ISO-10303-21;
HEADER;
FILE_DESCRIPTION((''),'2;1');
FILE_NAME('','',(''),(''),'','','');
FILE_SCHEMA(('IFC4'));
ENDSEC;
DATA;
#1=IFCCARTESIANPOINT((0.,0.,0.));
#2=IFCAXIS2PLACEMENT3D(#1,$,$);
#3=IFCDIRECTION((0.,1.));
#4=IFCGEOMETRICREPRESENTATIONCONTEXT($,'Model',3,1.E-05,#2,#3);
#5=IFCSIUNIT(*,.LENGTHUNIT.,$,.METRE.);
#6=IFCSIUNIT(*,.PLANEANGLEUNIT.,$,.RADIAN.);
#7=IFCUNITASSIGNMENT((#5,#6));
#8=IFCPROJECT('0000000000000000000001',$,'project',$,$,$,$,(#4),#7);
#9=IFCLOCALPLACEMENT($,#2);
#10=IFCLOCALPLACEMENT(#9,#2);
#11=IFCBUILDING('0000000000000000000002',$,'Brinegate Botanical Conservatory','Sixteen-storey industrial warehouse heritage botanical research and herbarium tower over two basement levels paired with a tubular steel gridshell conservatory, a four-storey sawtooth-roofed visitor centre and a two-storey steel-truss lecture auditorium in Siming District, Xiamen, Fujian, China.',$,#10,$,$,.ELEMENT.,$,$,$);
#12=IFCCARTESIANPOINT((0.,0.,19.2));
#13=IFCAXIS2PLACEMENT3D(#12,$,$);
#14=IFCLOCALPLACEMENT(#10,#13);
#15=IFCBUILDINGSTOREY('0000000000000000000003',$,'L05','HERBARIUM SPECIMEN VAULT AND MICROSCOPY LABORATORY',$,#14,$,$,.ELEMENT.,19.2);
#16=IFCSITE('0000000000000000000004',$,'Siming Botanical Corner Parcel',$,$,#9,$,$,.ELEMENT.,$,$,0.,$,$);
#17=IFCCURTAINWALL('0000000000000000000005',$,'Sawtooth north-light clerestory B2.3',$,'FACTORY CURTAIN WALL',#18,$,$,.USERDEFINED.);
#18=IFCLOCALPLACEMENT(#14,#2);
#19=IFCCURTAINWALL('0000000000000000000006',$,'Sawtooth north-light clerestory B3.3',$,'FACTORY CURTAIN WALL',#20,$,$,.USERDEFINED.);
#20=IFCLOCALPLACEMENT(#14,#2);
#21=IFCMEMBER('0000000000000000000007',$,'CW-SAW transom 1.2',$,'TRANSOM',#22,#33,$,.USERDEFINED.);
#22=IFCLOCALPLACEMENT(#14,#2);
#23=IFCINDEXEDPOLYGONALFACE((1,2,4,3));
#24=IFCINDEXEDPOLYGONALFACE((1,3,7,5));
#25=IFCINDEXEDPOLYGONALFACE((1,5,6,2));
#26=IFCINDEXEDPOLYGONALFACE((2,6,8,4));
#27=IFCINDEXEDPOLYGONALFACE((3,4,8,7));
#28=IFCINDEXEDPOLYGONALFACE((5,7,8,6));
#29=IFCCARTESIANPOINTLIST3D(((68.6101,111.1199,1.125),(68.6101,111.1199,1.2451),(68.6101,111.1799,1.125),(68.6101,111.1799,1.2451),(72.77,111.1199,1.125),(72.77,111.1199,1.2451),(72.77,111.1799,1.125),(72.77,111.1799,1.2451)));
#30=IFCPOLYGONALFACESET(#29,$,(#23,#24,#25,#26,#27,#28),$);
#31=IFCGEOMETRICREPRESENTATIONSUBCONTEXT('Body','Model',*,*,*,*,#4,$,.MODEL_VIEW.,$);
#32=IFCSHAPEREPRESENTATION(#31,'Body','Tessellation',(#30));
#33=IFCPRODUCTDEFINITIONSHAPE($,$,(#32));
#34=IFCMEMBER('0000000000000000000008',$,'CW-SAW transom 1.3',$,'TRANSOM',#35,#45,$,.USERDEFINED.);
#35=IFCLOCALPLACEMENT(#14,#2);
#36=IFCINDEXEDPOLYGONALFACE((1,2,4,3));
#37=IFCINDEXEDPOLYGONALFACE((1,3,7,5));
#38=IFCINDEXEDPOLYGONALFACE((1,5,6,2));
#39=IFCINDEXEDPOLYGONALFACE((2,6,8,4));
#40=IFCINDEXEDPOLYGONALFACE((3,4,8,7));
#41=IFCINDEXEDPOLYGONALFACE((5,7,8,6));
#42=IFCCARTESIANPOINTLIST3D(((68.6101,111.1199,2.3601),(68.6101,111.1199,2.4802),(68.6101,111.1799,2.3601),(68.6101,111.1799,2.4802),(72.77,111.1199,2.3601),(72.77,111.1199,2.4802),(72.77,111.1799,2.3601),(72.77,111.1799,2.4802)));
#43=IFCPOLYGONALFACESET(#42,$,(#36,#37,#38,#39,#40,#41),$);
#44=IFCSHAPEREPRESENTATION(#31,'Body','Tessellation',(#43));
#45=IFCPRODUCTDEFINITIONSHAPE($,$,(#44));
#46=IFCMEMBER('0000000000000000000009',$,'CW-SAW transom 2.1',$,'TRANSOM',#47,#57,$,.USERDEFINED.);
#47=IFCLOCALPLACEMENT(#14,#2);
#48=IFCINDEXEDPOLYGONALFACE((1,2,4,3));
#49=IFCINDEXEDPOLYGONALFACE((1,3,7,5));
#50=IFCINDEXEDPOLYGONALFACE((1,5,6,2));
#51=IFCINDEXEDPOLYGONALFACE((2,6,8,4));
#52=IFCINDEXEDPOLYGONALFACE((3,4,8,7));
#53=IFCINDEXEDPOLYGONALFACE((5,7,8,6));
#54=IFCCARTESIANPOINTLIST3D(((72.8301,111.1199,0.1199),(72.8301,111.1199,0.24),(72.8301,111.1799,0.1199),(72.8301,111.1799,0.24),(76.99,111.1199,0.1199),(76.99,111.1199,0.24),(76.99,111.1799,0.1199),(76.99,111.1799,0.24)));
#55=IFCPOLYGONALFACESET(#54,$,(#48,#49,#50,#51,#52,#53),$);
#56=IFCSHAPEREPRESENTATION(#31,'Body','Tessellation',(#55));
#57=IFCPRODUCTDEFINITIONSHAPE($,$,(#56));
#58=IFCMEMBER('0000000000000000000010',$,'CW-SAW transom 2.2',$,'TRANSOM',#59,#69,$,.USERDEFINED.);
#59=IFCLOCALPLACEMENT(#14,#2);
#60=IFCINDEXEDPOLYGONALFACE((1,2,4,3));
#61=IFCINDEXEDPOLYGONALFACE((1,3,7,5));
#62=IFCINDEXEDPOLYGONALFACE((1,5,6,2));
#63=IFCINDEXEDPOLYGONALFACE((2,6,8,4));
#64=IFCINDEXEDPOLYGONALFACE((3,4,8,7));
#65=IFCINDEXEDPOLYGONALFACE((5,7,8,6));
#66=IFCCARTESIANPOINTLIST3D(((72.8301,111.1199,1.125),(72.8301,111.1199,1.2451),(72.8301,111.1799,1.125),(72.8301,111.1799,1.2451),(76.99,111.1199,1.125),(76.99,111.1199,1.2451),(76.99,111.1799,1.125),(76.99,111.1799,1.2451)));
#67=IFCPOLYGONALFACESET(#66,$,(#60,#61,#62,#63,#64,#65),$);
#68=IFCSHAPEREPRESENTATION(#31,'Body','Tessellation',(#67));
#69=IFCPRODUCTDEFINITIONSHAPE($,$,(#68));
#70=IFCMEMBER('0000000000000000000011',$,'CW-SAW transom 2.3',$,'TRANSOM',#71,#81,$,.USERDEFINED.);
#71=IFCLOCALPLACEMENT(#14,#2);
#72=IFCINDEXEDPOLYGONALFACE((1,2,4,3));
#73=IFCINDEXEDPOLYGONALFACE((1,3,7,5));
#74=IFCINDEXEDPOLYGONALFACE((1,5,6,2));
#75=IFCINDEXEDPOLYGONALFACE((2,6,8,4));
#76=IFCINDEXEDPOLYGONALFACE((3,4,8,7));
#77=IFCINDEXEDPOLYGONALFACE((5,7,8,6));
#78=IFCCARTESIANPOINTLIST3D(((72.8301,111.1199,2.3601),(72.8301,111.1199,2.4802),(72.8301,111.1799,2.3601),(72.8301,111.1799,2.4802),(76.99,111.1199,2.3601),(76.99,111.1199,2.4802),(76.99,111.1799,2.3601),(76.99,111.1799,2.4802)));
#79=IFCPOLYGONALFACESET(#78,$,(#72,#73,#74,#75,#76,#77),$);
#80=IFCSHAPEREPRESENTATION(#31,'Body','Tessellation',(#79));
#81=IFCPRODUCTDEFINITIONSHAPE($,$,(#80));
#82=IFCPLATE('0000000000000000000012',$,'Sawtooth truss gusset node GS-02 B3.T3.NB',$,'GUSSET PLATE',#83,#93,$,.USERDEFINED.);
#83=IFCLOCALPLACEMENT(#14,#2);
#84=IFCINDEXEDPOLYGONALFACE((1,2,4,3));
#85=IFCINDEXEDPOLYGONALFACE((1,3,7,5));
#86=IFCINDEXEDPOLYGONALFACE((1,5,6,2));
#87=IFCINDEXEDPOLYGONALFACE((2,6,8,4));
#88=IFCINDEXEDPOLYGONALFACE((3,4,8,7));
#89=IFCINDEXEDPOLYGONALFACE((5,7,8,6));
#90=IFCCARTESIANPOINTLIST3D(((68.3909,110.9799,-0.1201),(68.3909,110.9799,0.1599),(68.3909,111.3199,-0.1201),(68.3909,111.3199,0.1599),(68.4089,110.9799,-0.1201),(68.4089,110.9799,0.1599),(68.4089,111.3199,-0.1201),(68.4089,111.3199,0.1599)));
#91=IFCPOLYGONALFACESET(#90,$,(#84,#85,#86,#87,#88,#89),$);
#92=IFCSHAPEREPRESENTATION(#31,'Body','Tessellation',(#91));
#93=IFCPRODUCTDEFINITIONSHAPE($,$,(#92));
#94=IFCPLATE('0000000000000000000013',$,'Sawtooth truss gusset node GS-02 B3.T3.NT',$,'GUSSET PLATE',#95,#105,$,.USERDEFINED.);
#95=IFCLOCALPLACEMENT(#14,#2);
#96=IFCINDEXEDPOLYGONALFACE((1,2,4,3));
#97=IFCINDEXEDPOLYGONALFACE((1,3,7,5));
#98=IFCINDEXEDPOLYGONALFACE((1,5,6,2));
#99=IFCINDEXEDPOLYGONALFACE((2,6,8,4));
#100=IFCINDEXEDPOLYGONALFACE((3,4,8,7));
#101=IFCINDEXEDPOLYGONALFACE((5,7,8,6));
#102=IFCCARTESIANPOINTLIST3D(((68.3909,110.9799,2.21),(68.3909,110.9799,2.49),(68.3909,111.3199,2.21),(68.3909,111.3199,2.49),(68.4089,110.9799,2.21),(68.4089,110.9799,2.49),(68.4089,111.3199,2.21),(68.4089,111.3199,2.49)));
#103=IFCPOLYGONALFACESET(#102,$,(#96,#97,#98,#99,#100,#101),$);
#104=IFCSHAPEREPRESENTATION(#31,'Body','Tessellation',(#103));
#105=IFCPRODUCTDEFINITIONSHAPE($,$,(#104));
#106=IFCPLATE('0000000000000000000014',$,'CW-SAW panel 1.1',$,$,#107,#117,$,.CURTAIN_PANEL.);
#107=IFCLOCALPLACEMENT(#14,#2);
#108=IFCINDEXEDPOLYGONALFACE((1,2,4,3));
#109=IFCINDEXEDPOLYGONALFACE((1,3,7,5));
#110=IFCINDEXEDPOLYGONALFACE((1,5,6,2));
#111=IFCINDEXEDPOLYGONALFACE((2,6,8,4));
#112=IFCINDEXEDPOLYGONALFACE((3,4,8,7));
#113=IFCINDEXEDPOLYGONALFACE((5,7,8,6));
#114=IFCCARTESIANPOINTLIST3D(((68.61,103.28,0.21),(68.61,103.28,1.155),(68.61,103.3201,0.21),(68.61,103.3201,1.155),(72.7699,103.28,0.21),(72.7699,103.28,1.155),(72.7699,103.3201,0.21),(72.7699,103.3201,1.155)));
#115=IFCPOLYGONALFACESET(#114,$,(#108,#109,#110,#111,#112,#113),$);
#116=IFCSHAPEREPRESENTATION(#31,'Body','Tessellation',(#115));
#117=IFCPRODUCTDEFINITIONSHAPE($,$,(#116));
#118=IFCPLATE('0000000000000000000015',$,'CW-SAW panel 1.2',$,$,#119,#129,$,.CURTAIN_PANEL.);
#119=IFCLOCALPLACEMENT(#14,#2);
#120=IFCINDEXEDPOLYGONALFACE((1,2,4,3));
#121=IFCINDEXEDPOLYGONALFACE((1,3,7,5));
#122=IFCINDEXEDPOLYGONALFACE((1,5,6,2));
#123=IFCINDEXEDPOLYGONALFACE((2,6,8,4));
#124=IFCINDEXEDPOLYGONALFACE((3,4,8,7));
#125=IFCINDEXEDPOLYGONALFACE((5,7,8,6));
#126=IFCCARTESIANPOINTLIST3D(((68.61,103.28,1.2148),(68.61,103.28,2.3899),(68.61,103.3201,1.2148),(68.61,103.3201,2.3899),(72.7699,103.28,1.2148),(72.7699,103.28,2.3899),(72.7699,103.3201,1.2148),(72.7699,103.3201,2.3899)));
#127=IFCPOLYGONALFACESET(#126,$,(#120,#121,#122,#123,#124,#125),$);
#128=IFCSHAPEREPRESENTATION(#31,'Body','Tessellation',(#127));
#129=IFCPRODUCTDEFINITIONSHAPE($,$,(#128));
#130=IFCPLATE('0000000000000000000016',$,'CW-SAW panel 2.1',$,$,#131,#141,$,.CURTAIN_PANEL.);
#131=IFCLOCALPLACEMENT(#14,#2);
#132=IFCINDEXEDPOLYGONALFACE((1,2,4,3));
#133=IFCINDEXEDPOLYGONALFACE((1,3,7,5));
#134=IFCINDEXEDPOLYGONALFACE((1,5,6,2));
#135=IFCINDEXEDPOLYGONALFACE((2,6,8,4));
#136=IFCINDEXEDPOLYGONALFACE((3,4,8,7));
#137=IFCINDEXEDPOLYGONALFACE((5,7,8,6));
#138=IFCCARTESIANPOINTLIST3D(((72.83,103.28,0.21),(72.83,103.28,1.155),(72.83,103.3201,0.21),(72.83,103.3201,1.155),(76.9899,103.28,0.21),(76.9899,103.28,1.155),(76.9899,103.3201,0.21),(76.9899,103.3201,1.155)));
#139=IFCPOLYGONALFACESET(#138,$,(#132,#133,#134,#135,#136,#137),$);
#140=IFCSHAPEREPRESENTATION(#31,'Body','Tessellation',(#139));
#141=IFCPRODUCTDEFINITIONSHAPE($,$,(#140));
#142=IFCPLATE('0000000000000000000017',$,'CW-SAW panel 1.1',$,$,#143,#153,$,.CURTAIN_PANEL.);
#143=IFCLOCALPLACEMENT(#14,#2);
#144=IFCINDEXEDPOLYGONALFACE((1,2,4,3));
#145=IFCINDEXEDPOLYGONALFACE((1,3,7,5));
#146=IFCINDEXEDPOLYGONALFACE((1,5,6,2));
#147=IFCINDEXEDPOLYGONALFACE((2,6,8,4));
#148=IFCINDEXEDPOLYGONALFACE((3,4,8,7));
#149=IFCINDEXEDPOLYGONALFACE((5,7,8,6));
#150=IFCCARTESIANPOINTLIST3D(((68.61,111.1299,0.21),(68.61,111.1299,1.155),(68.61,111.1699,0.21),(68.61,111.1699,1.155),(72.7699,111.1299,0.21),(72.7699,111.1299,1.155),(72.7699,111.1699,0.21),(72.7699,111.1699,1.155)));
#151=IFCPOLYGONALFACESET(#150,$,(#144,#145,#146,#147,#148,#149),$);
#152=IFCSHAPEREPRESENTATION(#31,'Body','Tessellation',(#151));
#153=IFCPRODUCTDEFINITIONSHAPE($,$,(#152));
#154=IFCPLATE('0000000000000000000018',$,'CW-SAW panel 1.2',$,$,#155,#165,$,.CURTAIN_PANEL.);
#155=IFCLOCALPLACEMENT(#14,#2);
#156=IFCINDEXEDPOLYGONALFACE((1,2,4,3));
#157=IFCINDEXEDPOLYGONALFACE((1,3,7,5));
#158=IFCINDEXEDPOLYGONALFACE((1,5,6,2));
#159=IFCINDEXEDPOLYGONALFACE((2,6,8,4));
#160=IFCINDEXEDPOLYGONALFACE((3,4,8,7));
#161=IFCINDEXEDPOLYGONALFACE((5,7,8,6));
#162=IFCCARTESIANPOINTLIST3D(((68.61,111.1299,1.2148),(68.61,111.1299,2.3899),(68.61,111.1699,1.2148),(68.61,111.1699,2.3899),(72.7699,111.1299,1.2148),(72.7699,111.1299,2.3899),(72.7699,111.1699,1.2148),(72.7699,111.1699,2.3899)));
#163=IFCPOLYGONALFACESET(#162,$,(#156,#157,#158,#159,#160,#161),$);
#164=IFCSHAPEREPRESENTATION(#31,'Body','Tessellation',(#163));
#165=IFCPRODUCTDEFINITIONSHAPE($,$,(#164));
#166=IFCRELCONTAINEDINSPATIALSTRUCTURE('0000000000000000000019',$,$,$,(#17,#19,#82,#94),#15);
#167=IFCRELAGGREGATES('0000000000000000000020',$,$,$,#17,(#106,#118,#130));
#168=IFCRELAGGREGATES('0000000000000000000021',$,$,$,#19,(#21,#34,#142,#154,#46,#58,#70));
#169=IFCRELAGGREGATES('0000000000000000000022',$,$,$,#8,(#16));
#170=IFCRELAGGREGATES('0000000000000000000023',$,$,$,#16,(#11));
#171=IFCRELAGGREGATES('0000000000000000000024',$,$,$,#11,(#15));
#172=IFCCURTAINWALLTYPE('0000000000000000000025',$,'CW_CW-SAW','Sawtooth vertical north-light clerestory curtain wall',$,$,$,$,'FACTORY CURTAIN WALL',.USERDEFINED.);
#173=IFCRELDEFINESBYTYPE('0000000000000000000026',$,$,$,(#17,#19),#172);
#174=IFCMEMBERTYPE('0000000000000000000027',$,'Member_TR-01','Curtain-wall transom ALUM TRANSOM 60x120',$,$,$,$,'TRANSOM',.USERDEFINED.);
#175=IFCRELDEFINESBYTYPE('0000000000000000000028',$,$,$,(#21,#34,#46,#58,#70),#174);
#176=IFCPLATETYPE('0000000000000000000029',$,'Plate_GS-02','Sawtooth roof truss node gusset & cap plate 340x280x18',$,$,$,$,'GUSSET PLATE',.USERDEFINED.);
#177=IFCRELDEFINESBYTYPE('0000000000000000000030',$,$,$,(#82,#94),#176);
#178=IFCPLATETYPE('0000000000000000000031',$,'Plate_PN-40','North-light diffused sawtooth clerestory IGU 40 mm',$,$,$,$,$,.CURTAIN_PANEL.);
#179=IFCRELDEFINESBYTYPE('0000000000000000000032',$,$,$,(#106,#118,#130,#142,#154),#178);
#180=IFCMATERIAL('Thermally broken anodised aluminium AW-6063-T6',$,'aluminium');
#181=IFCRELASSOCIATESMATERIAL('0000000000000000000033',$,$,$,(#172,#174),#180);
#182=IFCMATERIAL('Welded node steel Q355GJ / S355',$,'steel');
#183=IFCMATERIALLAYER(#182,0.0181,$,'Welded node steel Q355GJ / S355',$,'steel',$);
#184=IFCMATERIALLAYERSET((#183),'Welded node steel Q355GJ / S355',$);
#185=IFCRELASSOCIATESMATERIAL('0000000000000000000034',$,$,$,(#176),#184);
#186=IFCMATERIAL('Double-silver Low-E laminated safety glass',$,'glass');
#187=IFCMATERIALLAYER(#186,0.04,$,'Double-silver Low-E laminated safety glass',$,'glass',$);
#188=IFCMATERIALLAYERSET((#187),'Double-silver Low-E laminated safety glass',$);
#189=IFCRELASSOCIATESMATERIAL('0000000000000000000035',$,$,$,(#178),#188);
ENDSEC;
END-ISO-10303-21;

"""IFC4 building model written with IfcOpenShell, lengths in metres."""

from ifc_helpers import new_model, si_unit, direction, frame, origin, origin_2d, place, context, subcontext, project, spatial, rectangle, extrude, material, layer, layer_set, material_profile, profile_set, type_object, element, aggregate, save


model = new_model("IFC4")

# Units and contexts
model_context = context("Model", 3, precision=1e-05, world=origin(), true_north=direction((0.0, 1.0)))
body_context = subcontext(model_context, "Body", "Model", "MODEL_VIEW")
ifc_project = project(units=[si_unit("LENGTHUNIT", "METRE"), si_unit("PLANEANGLEUNIT", "RADIAN")], contexts=[model_context])

# Site, building, storey
site_placement = place(None, origin())
site = spatial("IfcSite", under=ifc_project, at=site_placement, Name="Siming Botanical Corner Parcel", CompositionType="ELEMENT", RefElevation=0.0)
building_placement = place(site_placement, origin())
building = spatial("IfcBuilding", under=site, at=building_placement, Name="Brinegate Botanical Conservatory", Description="Sixteen-storey industrial warehouse heritage botanical research and herbarium tower over two basement levels paired with a tubular steel gridshell conservatory, a four-storey sawtooth-roofed visitor centre and a two-storey steel-truss lecture auditorium in Siming District, Xiamen, Fujian, China.", CompositionType="ELEMENT")
storey_placement = place(building_placement, frame((0.0, 0.0, 19.2)))
storey = spatial("IfcBuildingStorey", under=building, at=storey_placement, Name="L05", Description="HERBARIUM SPECIMEN VAULT AND MICROSCOPY LABORATORY", CompositionType="ELEMENT", Elevation=19.2)

# Curtain walls
ifc_material_1 = material(Name="Thermally broken anodised aluminium AW-6063-T6", Category="aluminium")
curtain_wall_type = type_object("IfcCurtainWallType", Name="CW_CW-SAW", Description="Sawtooth vertical north-light clerestory curtain wall", ElementType="FACTORY CURTAIN WALL", PredefinedType="USERDEFINED", material=ifc_material_1)
curtain_wall_1_placement = place(storey_placement, origin())
curtain_wall_1 = element("IfcCurtainWall", 1, at=curtain_wall_1_placement, inside=storey, type_object=curtain_wall_type, Name="Sawtooth north-light clerestory B2.3", ObjectType="FACTORY CURTAIN WALL", PredefinedType="USERDEFINED")
curtain_wall_2_placement = place(storey_placement, origin())
curtain_wall_2 = element("IfcCurtainWall", 2, at=curtain_wall_2_placement, inside=storey, type_object=curtain_wall_type, Name="Sawtooth north-light clerestory B3.3", ObjectType="FACTORY CURTAIN WALL", PredefinedType="USERDEFINED")

# Members
ifc_material_profile_1 = material_profile(ifc_material_1, rectangle(XDim=0.0601, YDim=0.1201, at=origin_2d()), Name="ALUM TRANSOM 60x120")
ifc_profile_set_1 = profile_set([ifc_material_profile_1], Name="Thermally broken anodised aluminium AW-6063-T6")
member_type_1 = type_object("IfcMemberType", Name="Member_TR-01", Description="Curtain-wall transom ALUM TRANSOM 60x120", ElementType="TRANSOM", PredefinedType="USERDEFINED", material=ifc_profile_set_1)
member_1_placement = place(storey_placement, frame((68.6101, 111.1499, 1.1851), z_axis=(1.0, 0.0, 0.0), x_axis=(0.0, 1.0, 0.0)))
member_1 = element("IfcMember", 3, at=member_1_placement, type_object=member_type_1, Name="CW-SAW transom 1.2", ObjectType="TRANSOM", PredefinedType="USERDEFINED", context=body_context, shape_type="SweptSolid", body=[
    extrude(rectangle(XDim=0.0601, YDim=0.1201, at=origin_2d()), origin(), (0.0, 0.0, 1.0), 4.1599),
])
member_2_placement = place(storey_placement, frame((68.6101, 111.1499, 2.4202), z_axis=(1.0, 0.0, 0.0), x_axis=(0.0, 1.0, 0.0)))
member_2 = element("IfcMember", 4, at=member_2_placement, type_object=member_type_1, Name="CW-SAW transom 1.3", ObjectType="TRANSOM", PredefinedType="USERDEFINED", context=body_context, shape_type="SweptSolid", body=[
    extrude(rectangle(XDim=0.0601, YDim=0.1201, at=origin_2d()), origin(), (0.0, 0.0, 1.0), 4.1599),
])
member_3_placement = place(storey_placement, frame((72.8301, 111.1499, 0.1799), z_axis=(1.0, 0.0, 0.0), x_axis=(0.0, 1.0, 0.0)))
member_3 = element("IfcMember", 5, at=member_3_placement, type_object=member_type_1, Name="CW-SAW transom 2.1", ObjectType="TRANSOM", PredefinedType="USERDEFINED", context=body_context, shape_type="SweptSolid", body=[
    extrude(rectangle(XDim=0.0601, YDim=0.1201, at=origin_2d()), origin(), (0.0, 0.0, 1.0), 4.1599),
])
member_4_placement = place(storey_placement, frame((72.8301, 111.1499, 1.1851), z_axis=(1.0, 0.0, 0.0), x_axis=(0.0, 1.0, 0.0)))
member_4 = element("IfcMember", 6, at=member_4_placement, type_object=member_type_1, Name="CW-SAW transom 2.2", ObjectType="TRANSOM", PredefinedType="USERDEFINED", context=body_context, shape_type="SweptSolid", body=[
    extrude(rectangle(XDim=0.0601, YDim=0.1201, at=origin_2d()), origin(), (0.0, 0.0, 1.0), 4.1599),
])
member_5_placement = place(storey_placement, frame((72.8301, 111.1499, 2.4202), z_axis=(1.0, 0.0, 0.0), x_axis=(0.0, 1.0, 0.0)))
member_5 = element("IfcMember", 7, at=member_5_placement, type_object=member_type_1, Name="CW-SAW transom 2.3", ObjectType="TRANSOM", PredefinedType="USERDEFINED", context=body_context, shape_type="SweptSolid", body=[
    extrude(rectangle(XDim=0.0601, YDim=0.1201, at=origin_2d()), origin(), (0.0, 0.0, 1.0), 4.1599),
])

# Plates
ifc_material_2 = material(Name="Welded node steel Q355GJ / S355", Category="steel")
ifc_layer_1 = layer(ifc_material_2, 0.0181, Name="Welded node steel Q355GJ / S355", Category="steel")
ifc_layer_set_1 = layer_set([ifc_layer_1], Name="Welded node steel Q355GJ / S355")
plate_type_1 = type_object("IfcPlateType", Name="Plate_GS-02", Description="Sawtooth roof truss node gusset & cap plate 340x280x18", ElementType="GUSSET PLATE", PredefinedType="USERDEFINED", material=ifc_layer_set_1)
for number, where, z_axis, x_axis, name in (
    (8, (68.3999, 111.1499, -0.1201), (0.0, 0.0, 1.0), (1.0, 0.0, 0.0), "Sawtooth truss gusset node GS-02 B3.T3.NB"),
    (9, (68.3999, 111.1499, 2.21), (0.0, 0.0, 1.0), (1.0, 0.0, 0.0), "Sawtooth truss gusset node GS-02 B3.T3.NT"),
):
    element("IfcPlate", number, at=place(storey_placement, frame(where, z_axis=z_axis, x_axis=x_axis)), inside=storey, type_object=plate_type_1, Name=name, ObjectType="GUSSET PLATE", PredefinedType="USERDEFINED", context=body_context, shape_type="SweptSolid", body=[
        extrude(rectangle(XDim=0.0181, YDim=0.3401, at=origin_2d()), origin(), (0.0, 0.0, 1.0), 0.28),
    ])

# Plates
ifc_material_3 = material(Name="Double-silver Low-E laminated safety glass", Category="glass")
ifc_layer_2 = layer(ifc_material_3, 0.04, Name="Double-silver Low-E laminated safety glass", Category="glass")
ifc_layer_set_2 = layer_set([ifc_layer_2], Name="Double-silver Low-E laminated safety glass")
plate_type_2 = type_object("IfcPlateType", Name="Plate_PN-40", Description="North-light diffused sawtooth clerestory IGU 40 mm", PredefinedType="CURTAIN_PANEL", material=ifc_layer_set_2)
plate_1_placement = place(storey_placement, frame((70.6899, 103.3, 0.21), z_axis=(0.0, 0.0, 1.0), x_axis=(1.0, 0.0, 0.0)))
plate_1 = element("IfcPlate", 10, at=plate_1_placement, type_object=plate_type_2, Name="CW-SAW panel 1.1", PredefinedType="CURTAIN_PANEL", context=body_context, shape_type="SweptSolid", body=[
    extrude(rectangle(XDim=4.1599, YDim=0.04, at=origin_2d()), origin(), (0.0, 0.0, 1.0), 0.9451),
])
plate_2_placement = place(storey_placement, frame((70.6899, 103.3, 1.2148), z_axis=(0.0, 0.0, 1.0), x_axis=(1.0, 0.0, 0.0)))
plate_2 = element("IfcPlate", 11, at=plate_2_placement, type_object=plate_type_2, Name="CW-SAW panel 1.2", PredefinedType="CURTAIN_PANEL", context=body_context, shape_type="SweptSolid", body=[
    extrude(rectangle(XDim=4.1599, YDim=0.04, at=origin_2d()), origin(), (0.0, 0.0, 1.0), 1.175),
])
plate_3_placement = place(storey_placement, frame((74.9099, 103.3, 0.21), z_axis=(0.0, 0.0, 1.0), x_axis=(1.0, 0.0, 0.0)))
plate_3 = element("IfcPlate", 12, at=plate_3_placement, type_object=plate_type_2, Name="CW-SAW panel 2.1", PredefinedType="CURTAIN_PANEL", context=body_context, shape_type="SweptSolid", body=[
    extrude(rectangle(XDim=4.1599, YDim=0.04, at=origin_2d()), origin(), (0.0, 0.0, 1.0), 0.9451),
])
aggregate(curtain_wall_1, [plate_1, plate_2, plate_3])
plate_4_placement = place(storey_placement, frame((70.6899, 111.1499, 0.21), z_axis=(0.0, 0.0, 1.0), x_axis=(1.0, 0.0, 0.0)))
plate_4 = element("IfcPlate", 13, at=plate_4_placement, type_object=plate_type_2, Name="CW-SAW panel 1.1", PredefinedType="CURTAIN_PANEL", context=body_context, shape_type="SweptSolid", body=[
    extrude(rectangle(XDim=4.1599, YDim=0.04, at=origin_2d()), origin(), (0.0, 0.0, 1.0), 0.9451),
])
plate_5_placement = place(storey_placement, frame((70.6899, 111.1499, 1.2148), z_axis=(0.0, 0.0, 1.0), x_axis=(1.0, 0.0, 0.0)))
plate_5 = element("IfcPlate", 14, at=plate_5_placement, type_object=plate_type_2, Name="CW-SAW panel 1.2", PredefinedType="CURTAIN_PANEL", context=body_context, shape_type="SweptSolid", body=[
    extrude(rectangle(XDim=4.1599, YDim=0.04, at=origin_2d()), origin(), (0.0, 0.0, 1.0), 1.175),
])
aggregate(curtain_wall_2, [member_1, member_2, plate_4, plate_5, member_3, member_4, member_5])

save(model, "model.ifc")
